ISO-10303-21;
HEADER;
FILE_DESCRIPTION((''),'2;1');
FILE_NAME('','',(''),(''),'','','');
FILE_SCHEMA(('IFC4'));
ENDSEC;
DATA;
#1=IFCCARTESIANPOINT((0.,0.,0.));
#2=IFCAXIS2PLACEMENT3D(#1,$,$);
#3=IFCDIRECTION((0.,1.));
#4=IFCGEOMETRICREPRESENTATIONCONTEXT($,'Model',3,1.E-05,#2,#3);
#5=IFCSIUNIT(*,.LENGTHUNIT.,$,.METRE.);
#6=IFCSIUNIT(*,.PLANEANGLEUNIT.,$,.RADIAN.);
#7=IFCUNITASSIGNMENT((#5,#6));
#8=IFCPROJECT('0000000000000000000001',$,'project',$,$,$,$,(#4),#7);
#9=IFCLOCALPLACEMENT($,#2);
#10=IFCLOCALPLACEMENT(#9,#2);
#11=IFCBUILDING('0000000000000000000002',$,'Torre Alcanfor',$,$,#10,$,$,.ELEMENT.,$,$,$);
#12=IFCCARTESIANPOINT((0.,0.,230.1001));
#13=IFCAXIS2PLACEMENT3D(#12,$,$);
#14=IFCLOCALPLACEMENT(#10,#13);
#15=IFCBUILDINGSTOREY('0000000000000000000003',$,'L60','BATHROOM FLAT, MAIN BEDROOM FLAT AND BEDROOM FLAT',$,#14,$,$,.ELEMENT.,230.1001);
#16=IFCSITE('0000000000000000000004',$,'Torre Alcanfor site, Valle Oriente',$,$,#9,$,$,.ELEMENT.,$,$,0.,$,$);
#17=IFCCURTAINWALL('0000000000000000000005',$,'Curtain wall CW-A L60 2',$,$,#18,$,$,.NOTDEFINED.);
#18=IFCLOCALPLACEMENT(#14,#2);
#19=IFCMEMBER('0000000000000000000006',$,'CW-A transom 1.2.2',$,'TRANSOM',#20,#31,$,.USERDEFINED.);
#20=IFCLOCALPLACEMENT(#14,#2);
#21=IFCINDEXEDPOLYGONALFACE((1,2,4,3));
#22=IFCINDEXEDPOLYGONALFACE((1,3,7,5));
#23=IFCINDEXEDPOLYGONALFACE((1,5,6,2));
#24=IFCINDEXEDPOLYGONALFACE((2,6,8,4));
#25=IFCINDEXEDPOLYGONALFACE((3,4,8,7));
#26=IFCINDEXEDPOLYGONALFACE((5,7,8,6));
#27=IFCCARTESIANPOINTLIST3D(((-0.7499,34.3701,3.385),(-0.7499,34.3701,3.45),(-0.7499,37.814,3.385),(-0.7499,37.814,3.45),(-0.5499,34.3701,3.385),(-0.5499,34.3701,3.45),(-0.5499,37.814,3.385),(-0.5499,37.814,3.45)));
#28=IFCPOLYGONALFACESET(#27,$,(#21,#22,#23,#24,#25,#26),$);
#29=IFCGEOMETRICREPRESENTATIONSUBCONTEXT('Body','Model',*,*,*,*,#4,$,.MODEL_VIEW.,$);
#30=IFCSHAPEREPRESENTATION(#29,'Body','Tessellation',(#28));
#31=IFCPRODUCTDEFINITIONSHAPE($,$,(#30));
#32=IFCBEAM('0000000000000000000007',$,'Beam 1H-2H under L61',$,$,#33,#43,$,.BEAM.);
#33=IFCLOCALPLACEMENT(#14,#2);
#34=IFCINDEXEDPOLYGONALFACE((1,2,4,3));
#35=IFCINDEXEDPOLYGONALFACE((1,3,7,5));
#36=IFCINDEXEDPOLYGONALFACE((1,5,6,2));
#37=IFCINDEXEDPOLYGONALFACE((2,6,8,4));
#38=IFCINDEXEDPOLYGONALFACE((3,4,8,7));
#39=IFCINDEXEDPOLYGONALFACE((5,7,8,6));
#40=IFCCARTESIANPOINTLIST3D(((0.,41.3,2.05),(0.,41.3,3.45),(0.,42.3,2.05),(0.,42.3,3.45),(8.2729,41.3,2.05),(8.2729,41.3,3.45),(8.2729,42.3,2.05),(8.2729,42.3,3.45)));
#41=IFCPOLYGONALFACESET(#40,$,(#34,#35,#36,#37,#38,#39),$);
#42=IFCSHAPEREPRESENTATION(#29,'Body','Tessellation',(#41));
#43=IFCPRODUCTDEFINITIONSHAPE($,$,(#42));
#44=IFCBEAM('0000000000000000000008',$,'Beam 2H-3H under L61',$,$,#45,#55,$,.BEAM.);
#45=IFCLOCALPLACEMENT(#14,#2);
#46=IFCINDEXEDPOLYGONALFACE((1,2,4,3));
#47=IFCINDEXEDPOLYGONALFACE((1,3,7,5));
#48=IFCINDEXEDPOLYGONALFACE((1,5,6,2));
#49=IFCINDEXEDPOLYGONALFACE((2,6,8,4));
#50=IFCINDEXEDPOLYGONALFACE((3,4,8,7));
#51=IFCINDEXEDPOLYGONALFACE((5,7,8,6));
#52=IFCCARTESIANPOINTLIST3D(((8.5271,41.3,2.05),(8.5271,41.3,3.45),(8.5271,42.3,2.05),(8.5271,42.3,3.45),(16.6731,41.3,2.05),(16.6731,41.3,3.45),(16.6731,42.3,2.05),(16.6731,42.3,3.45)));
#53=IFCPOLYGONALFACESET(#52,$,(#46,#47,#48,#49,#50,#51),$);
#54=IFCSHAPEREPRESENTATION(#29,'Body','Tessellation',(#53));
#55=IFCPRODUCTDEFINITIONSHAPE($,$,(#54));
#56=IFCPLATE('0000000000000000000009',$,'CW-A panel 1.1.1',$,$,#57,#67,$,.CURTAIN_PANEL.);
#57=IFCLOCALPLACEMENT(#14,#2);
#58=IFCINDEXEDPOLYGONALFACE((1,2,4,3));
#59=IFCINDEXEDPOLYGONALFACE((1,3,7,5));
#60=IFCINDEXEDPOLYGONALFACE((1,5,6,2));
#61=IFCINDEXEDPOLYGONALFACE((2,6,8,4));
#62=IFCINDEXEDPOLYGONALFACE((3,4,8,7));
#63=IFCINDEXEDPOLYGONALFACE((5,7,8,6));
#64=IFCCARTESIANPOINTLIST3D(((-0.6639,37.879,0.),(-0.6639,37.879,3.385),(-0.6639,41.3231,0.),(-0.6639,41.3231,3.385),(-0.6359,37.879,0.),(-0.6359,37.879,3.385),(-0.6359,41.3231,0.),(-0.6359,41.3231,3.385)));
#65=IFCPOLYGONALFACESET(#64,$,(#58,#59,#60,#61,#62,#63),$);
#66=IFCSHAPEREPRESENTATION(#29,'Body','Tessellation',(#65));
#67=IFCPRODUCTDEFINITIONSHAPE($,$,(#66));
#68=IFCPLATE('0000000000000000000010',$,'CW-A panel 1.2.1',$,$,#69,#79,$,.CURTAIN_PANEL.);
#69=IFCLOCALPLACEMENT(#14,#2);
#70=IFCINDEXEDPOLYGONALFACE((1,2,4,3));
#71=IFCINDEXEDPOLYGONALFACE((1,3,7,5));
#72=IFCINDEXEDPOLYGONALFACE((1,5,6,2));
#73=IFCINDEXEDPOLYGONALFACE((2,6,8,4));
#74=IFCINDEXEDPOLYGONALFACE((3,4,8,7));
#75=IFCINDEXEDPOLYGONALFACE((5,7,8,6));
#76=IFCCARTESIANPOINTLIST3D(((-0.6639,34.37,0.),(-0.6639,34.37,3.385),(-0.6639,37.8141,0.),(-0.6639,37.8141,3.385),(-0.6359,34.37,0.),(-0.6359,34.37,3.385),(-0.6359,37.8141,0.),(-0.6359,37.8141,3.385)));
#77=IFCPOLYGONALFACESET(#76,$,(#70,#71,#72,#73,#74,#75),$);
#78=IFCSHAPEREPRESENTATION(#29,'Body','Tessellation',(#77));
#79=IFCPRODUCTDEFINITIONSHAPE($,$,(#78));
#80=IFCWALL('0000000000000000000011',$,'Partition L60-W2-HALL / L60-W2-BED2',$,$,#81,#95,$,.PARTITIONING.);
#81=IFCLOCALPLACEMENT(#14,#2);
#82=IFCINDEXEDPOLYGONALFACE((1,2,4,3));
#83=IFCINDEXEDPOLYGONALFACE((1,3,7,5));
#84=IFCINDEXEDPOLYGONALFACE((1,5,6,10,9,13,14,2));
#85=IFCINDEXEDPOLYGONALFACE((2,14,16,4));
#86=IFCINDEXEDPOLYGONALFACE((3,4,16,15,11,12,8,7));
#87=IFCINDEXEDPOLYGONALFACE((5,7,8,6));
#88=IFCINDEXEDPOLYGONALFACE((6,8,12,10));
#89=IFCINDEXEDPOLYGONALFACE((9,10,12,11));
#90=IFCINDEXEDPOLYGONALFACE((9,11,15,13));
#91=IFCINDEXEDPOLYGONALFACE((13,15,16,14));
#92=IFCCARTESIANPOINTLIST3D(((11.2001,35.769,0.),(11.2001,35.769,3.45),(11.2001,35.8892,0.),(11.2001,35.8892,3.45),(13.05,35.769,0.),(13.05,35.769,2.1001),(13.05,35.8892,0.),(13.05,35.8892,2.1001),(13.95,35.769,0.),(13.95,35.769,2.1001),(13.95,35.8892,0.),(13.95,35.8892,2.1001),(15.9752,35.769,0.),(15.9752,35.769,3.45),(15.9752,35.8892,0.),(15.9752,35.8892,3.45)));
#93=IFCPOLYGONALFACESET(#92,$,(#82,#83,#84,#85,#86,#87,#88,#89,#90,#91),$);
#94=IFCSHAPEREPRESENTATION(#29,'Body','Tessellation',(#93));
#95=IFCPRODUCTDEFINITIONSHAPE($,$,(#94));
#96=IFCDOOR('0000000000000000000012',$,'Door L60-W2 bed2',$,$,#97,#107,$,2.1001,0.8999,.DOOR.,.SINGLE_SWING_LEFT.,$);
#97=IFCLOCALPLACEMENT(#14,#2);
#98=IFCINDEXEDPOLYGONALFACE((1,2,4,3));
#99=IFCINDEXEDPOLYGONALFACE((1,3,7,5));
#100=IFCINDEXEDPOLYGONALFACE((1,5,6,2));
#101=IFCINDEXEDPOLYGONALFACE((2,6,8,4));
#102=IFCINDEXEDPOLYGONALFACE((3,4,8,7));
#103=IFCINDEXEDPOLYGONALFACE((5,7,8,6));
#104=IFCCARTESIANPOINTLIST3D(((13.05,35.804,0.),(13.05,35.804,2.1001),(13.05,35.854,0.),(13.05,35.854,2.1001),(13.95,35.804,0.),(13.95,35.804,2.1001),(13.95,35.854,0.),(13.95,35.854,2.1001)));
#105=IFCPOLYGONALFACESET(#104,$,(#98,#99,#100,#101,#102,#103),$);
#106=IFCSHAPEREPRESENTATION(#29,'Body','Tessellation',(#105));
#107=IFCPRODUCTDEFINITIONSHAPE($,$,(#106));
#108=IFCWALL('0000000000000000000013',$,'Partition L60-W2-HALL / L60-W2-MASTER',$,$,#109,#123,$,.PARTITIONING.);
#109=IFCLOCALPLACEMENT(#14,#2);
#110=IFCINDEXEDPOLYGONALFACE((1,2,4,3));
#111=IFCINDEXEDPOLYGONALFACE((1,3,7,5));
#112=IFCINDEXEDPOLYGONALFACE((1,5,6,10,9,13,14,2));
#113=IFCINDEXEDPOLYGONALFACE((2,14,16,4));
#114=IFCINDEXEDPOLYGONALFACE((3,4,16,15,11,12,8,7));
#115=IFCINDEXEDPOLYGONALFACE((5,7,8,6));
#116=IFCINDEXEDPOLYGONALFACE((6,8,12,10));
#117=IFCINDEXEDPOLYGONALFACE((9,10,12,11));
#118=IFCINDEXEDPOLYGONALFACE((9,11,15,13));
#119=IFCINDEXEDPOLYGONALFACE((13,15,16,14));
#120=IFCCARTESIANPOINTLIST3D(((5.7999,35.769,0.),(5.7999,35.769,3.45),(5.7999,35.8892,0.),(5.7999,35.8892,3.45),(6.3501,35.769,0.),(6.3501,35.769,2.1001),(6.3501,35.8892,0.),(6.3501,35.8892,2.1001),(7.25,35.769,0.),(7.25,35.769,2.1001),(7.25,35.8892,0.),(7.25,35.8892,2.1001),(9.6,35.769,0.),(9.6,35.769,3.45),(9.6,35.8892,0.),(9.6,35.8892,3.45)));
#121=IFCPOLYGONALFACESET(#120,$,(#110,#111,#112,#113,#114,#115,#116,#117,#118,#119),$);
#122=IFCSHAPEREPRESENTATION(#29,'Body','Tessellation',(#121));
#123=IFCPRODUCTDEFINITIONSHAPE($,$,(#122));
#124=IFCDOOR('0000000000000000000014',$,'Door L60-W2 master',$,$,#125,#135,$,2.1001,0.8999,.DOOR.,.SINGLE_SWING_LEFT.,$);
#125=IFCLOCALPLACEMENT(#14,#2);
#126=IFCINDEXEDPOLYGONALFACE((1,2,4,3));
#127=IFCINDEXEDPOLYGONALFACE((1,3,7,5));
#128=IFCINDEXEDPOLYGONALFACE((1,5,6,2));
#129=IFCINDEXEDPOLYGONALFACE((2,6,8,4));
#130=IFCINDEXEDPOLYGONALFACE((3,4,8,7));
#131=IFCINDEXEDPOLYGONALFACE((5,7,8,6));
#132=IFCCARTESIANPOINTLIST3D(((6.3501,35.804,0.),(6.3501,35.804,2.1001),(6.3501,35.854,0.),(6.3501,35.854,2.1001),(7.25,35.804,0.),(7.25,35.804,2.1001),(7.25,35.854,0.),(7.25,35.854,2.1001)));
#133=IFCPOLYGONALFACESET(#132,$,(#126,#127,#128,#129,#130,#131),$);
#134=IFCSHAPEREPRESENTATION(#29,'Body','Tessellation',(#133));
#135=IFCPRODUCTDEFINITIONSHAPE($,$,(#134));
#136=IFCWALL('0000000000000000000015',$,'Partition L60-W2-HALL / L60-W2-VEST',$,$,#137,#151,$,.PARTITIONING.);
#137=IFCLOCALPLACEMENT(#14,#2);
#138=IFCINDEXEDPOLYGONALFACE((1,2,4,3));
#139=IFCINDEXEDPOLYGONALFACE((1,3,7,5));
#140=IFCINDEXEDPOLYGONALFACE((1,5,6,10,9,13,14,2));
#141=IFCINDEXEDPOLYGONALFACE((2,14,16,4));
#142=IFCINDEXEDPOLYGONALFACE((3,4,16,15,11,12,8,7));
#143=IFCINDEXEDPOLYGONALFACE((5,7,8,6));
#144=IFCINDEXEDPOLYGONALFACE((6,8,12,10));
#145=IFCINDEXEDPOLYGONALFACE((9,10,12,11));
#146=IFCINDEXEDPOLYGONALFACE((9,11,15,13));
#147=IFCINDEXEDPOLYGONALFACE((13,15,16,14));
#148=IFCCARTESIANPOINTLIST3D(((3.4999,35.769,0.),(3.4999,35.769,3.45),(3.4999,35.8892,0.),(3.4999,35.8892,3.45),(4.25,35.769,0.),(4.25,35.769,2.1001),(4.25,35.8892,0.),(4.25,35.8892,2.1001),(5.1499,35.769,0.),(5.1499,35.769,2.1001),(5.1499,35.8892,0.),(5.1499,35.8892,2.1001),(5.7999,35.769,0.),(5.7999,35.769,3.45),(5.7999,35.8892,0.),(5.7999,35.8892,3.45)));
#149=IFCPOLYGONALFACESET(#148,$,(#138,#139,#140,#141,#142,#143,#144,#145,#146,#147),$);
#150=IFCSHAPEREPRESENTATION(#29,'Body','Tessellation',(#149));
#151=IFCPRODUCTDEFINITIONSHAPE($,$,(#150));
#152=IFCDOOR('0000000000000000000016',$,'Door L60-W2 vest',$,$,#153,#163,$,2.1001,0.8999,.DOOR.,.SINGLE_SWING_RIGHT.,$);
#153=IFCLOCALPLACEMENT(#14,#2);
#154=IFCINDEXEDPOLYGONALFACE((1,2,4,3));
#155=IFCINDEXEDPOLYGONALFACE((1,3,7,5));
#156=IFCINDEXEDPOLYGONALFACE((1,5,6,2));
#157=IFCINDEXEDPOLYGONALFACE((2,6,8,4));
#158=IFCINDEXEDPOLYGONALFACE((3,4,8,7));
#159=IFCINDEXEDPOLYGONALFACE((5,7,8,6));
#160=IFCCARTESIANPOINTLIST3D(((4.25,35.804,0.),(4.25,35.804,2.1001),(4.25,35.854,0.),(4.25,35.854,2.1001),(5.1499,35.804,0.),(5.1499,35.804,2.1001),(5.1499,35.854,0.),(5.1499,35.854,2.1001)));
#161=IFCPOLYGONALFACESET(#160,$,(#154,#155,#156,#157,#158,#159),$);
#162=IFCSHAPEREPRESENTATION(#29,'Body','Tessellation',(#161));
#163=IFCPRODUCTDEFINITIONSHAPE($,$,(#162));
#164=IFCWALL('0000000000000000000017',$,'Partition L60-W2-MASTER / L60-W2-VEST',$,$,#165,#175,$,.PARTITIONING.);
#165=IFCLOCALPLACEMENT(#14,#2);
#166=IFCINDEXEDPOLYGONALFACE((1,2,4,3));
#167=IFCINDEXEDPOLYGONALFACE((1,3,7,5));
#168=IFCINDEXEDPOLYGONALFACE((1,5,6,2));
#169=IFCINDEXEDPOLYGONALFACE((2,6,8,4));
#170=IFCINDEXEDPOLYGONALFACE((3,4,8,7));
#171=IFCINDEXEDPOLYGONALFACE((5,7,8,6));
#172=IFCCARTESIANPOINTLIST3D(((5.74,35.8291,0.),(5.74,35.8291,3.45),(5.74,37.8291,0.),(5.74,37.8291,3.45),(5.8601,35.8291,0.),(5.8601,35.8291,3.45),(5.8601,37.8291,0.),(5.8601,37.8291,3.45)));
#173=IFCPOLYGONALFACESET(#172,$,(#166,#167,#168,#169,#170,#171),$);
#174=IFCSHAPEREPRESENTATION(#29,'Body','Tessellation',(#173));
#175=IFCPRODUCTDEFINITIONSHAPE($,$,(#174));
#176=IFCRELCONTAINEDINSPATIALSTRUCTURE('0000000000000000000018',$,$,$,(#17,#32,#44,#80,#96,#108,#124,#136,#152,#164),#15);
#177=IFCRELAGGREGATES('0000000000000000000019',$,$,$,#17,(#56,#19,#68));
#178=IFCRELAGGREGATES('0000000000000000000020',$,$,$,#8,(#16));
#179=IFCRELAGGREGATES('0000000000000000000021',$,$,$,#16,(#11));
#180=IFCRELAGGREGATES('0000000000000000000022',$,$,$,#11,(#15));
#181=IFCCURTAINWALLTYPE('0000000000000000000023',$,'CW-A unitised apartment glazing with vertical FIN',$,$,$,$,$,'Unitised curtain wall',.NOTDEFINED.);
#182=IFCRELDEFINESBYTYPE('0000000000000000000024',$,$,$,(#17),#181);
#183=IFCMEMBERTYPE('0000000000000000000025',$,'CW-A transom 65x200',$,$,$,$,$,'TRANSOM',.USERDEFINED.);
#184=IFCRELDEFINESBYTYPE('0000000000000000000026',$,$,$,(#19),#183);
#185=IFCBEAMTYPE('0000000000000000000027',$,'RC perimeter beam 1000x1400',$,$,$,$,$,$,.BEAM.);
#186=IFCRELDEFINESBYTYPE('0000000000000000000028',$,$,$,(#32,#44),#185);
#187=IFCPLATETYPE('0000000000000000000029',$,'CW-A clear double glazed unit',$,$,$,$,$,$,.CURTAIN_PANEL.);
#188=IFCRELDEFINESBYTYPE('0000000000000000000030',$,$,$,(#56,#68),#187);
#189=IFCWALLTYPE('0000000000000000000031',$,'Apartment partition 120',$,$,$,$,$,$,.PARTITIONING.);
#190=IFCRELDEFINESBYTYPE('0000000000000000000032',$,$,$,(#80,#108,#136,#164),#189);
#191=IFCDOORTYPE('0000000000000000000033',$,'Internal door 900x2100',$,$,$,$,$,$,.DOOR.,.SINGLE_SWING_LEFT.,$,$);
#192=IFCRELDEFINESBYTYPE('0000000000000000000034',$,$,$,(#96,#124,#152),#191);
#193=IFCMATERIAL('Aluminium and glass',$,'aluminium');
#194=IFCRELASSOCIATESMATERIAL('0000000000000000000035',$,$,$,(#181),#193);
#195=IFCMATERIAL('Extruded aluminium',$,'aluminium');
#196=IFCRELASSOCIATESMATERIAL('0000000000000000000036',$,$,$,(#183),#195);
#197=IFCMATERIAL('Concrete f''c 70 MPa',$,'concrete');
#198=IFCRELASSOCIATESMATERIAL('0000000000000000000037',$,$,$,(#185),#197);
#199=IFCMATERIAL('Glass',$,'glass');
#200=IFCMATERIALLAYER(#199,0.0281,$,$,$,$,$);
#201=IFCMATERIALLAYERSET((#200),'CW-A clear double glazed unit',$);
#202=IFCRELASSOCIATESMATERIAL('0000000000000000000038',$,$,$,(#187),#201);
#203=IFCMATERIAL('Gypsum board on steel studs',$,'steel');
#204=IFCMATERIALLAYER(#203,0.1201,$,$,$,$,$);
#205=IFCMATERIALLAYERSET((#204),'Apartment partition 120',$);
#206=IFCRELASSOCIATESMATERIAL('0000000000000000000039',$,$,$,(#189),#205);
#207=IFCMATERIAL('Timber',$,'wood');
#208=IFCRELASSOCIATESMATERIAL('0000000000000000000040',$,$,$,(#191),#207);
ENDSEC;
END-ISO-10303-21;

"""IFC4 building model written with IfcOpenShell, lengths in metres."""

from ifc_helpers import new_model, si_unit, direction, frame, frame_2d, origin, origin_2d, place, context, subcontext, project, spatial, rectangle, extrude, material, layer, layer_set, material_profile, profile_set, type_object, element, fill, aggregate, save


model = new_model("IFC4")

# Units and contexts
model_context = context("Model", 3, precision=1e-05, world=origin(), true_north=direction((0.0, 1.0)))
body_context = subcontext(model_context, "Body", "Model", "MODEL_VIEW")
ifc_project = project(units=[si_unit("LENGTHUNIT", "METRE"), si_unit("PLANEANGLEUNIT", "RADIAN")], contexts=[model_context])

# Site, building, storey
site_placement = place(None, origin())
site = spatial("IfcSite", under=ifc_project, at=site_placement, Name="Torre Alcanfor site, Valle Oriente", CompositionType="ELEMENT", RefElevation=0.0)
building_placement = place(site_placement, origin())
building = spatial("IfcBuilding", under=site, at=building_placement, Name="Torre Alcanfor", CompositionType="ELEMENT")
storey_placement = place(building_placement, frame((0.0, 0.0, 230.1001)))
storey = spatial("IfcBuildingStorey", under=building, at=storey_placement, Name="L60", Description="BATHROOM FLAT, MAIN BEDROOM FLAT AND BEDROOM FLAT", CompositionType="ELEMENT", Elevation=230.1001)

# Curtain wall, member
ifc_material_1 = material(Name="Aluminium and glass", Category="aluminium")
curtain_wall_type = type_object("IfcCurtainWallType", Name="CW-A unitised apartment glazing with vertical FIN", ElementType="Unitised curtain wall", PredefinedType="NOTDEFINED", material=ifc_material_1)
curtain_wall_placement = place(storey_placement, origin())
curtain_wall = element("IfcCurtainWall", 1, at=curtain_wall_placement, inside=storey, type_object=curtain_wall_type, Name="Curtain wall CW-A L60 2", PredefinedType="NOTDEFINED")
ifc_material_2 = material(Name="Extruded aluminium", Category="aluminium")
ifc_material_profile_1 = material_profile(ifc_material_2, rectangle(XDim=0.2, YDim=0.0649, at=origin_2d()), Name="CW-A transom 200x65")
ifc_profile_set_1 = profile_set([ifc_material_profile_1], Name="Extruded aluminium")
member_type_1 = type_object("IfcMemberType", Name="CW-A transom 65x200", ElementType="TRANSOM", PredefinedType="USERDEFINED", material=ifc_profile_set_1)
member_1_placement = place(storey_placement, frame((-0.6499, 37.814, 3.4175), z_axis=(0.0, -1.0, 0.0), x_axis=(1.0, 0.0, 0.0)))
member_1 = element("IfcMember", 2, at=member_1_placement, type_object=member_type_1, Name="CW-A transom 1.2.2", ObjectType="TRANSOM", PredefinedType="USERDEFINED", context=body_context, shape_type="SweptSolid", body=[
    extrude(rectangle(XDim=0.2, YDim=0.0649, at=origin_2d()), origin(), (0.0, 0.0, 1.0), 3.4438),
])

# Beams
ifc_material_3 = material(Name="Concrete f'c 70 MPa", Category="concrete")
ifc_material_profile_2 = material_profile(ifc_material_3, rectangle(XDim=1.0, YDim=1.3999, at=origin_2d()), Name="1000x1400")
ifc_profile_set_2 = profile_set([ifc_material_profile_2], Name="Concrete f'c 70 MPa")
beam_type_1 = type_object("IfcBeamType", Name="RC perimeter beam 1000x1400", PredefinedType="BEAM", material=ifc_profile_set_2)
beam_1_placement = place(storey_placement, frame((0.0, 41.8, 2.75), z_axis=(1.0, 0.0, 0.0), x_axis=(0.0, 1.0, 0.0)))
element("IfcBeam", 3, at=beam_1_placement, inside=storey, type_object=beam_type_1, Name="Beam 1H-2H under L61", PredefinedType="BEAM", context=body_context, shape_type="SweptSolid", body=[
    extrude(rectangle(XDim=1.0, YDim=1.3999, at=origin_2d()), origin(), (0.0, 0.0, 1.0), 8.2729),
])
beam_2_placement = place(storey_placement, frame((8.5271, 41.8, 2.75), z_axis=(1.0, 0.0, 0.0), x_axis=(0.0, 1.0, 0.0)))
element("IfcBeam", 4, at=beam_2_placement, inside=storey, type_object=beam_type_1, Name="Beam 2H-3H under L61", PredefinedType="BEAM", context=body_context, shape_type="SweptSolid", body=[
    extrude(rectangle(XDim=1.0, YDim=1.3999, at=origin_2d()), origin(), (0.0, 0.0, 1.0), 8.146),
])

# Plates
ifc_material_4 = material(Name="Glass", Category="glass")
ifc_layer_1 = layer(ifc_material_4, 0.0281)
ifc_layer_set_1 = layer_set([ifc_layer_1], Name="CW-A clear double glazed unit")
plate_type = type_object("IfcPlateType", Name="CW-A clear double glazed unit", PredefinedType="CURTAIN_PANEL", material=ifc_layer_set_1)
plate_1_placement = place(storey_placement, frame((-0.6499, 39.6011, 0.0), z_axis=(0.0, 0.0, 1.0), x_axis=(0.0, -1.0, 0.0)))
plate_1 = element("IfcPlate", 5, at=plate_1_placement, type_object=plate_type, Name="CW-A panel 1.1.1", PredefinedType="CURTAIN_PANEL", context=body_context, shape_type="SweptSolid", body=[
    extrude(rectangle(XDim=3.4441, YDim=0.0281, at=origin_2d()), origin(), (0.0, 0.0, 1.0), 3.385),
])
plate_2_placement = place(storey_placement, frame((-0.6499, 36.092, 0.0), z_axis=(0.0, 0.0, 1.0), x_axis=(0.0, -1.0, 0.0)))
plate_2 = element("IfcPlate", 6, at=plate_2_placement, type_object=plate_type, Name="CW-A panel 1.2.1", PredefinedType="CURTAIN_PANEL", context=body_context, shape_type="SweptSolid", body=[
    extrude(rectangle(XDim=3.4441, YDim=0.0281, at=origin_2d()), origin(), (0.0, 0.0, 1.0), 3.385),
])
aggregate(curtain_wall, [plate_1, member_1, plate_2])

# Walls, openings, doors
ifc_material_5 = material(Name="Gypsum board on steel studs", Category="steel")
ifc_layer_2 = layer(ifc_material_5, 0.1201)
ifc_layer_set_2 = layer_set([ifc_layer_2], Name="Apartment partition 120")
wall_type_1 = type_object("IfcWallType", Name="Apartment partition 120", PredefinedType="PARTITIONING", material=ifc_layer_set_2)
wall_1_placement = place(storey_placement, frame((11.2, 35.8291, 0.0), z_axis=(0.0, 0.0, 1.0), x_axis=(1.0, 0.0, 0.0)))
wall_1 = element("IfcWall", 7, at=wall_1_placement, inside=storey, type_object=wall_type_1, Name="Partition L60-W2-HALL / L60-W2-BED2", PredefinedType="PARTITIONING", context=body_context, shape_type="SweptSolid", body=[
    extrude(rectangle(XDim=4.7751, YDim=0.1201, at=frame_2d((2.3877, 0.0))), origin(), (0.0, 0.0, 1.0), 3.45),
])
opening_1_placement = place(wall_1_placement, frame((1.8501, 0.0, 0.0)))
opening_1 = element("IfcOpeningElement", 8, at=opening_1_placement, cuts=wall_1, PredefinedType="OPENING", context=body_context, shape_type="SweptSolid", body=[
    extrude(rectangle(XDim=0.8999, YDim=2.1001, at=frame_2d((0.45, 1.05))), frame((0.0, 0.0701, 0.0), z_axis=(0.0, -1.0, 0.0), x_axis=(1.0, 0.0, 0.0)), (0.0, 0.0, 1.0), 0.1401),
])
ifc_material_6 = material(Name="Timber", Category="wood")
door_type_1 = type_object("IfcDoorType", Name="Internal door 900x2100", OperationType="SINGLE_SWING_LEFT", PredefinedType="DOOR", material=ifc_material_6)
door_1_placement = place(opening_1_placement, origin())
door_1 = element("IfcDoor", 9, at=door_1_placement, inside=storey, type_object=door_type_1, Name="Door L60-W2 bed2", OperationType="SINGLE_SWING_LEFT", OverallHeight=2.1001, OverallWidth=0.8999, PredefinedType="DOOR", context=body_context, shape_type="SweptSolid", body=[
    extrude(rectangle(XDim=0.8999, YDim=2.1001, at=frame_2d((0.45, 1.05))), frame((0.0, 0.0249, 0.0), z_axis=(0.0, -1.0, 0.0), x_axis=(1.0, 0.0, 0.0)), (0.0, 0.0, 1.0), 0.05),
])
fill(opening_1, door_1)
wall_2_placement = place(storey_placement, frame((5.8, 35.8291, 0.0), z_axis=(0.0, 0.0, 1.0), x_axis=(1.0, 0.0, 0.0)))
wall_2 = element("IfcWall", 10, at=wall_2_placement, inside=storey, type_object=wall_type_1, Name="Partition L60-W2-HALL / L60-W2-MASTER", PredefinedType="PARTITIONING", context=body_context, shape_type="SweptSolid", body=[
    extrude(rectangle(XDim=3.8, YDim=0.1201, at=frame_2d((1.8999, 0.0))), origin(), (0.0, 0.0, 1.0), 3.45),
])
opening_2_placement = place(wall_2_placement, frame((0.55, 0.0, 0.0)))
opening_2 = element("IfcOpeningElement", 11, at=opening_2_placement, cuts=wall_2, PredefinedType="OPENING", context=body_context, shape_type="SweptSolid", body=[
    extrude(rectangle(XDim=0.8999, YDim=2.1001, at=frame_2d((0.45, 1.05))), frame((0.0, 0.0701, 0.0), z_axis=(0.0, -1.0, 0.0), x_axis=(1.0, 0.0, 0.0)), (0.0, 0.0, 1.0), 0.1401),
])
door_2_placement = place(opening_2_placement, origin())
door_2 = element("IfcDoor", 12, at=door_2_placement, inside=storey, type_object=door_type_1, Name="Door L60-W2 master", OperationType="SINGLE_SWING_LEFT", OverallHeight=2.1001, OverallWidth=0.8999, PredefinedType="DOOR", context=body_context, shape_type="SweptSolid", body=[
    extrude(rectangle(XDim=0.8999, YDim=2.1001, at=frame_2d((0.45, 1.05))), frame((0.0, 0.0249, 0.0), z_axis=(0.0, -1.0, 0.0), x_axis=(1.0, 0.0, 0.0)), (0.0, 0.0, 1.0), 0.05),
])
fill(opening_2, door_2)
wall_3_placement = place(storey_placement, frame((3.5, 35.8291, 0.0), z_axis=(0.0, 0.0, 1.0), x_axis=(1.0, 0.0, 0.0)))
wall_3 = element("IfcWall", 13, at=wall_3_placement, inside=storey, type_object=wall_type_1, Name="Partition L60-W2-HALL / L60-W2-VEST", PredefinedType="PARTITIONING", context=body_context, shape_type="SweptSolid", body=[
    extrude(rectangle(XDim=2.3, YDim=0.1201, at=frame_2d((1.1499, 0.0))), origin(), (0.0, 0.0, 1.0), 3.45),
])
opening_3_placement = place(wall_3_placement, frame((0.75, 0.0, 0.0)))
opening_3 = element("IfcOpeningElement", 14, at=opening_3_placement, cuts=wall_3, PredefinedType="OPENING", context=body_context, shape_type="SweptSolid", body=[
    extrude(rectangle(XDim=0.8999, YDim=2.1001, at=frame_2d((0.45, 1.05))), frame((0.0, 0.0701, 0.0), z_axis=(0.0, -1.0, 0.0), x_axis=(1.0, 0.0, 0.0)), (0.0, 0.0, 1.0), 0.1401),
])
door_3_placement = place(opening_3_placement, origin())
door_3 = element("IfcDoor", 15, at=door_3_placement, inside=storey, type_object=door_type_1, Name="Door L60-W2 vest", OperationType="SINGLE_SWING_RIGHT", OverallHeight=2.1001, OverallWidth=0.8999, PredefinedType="DOOR", context=body_context, shape_type="SweptSolid", body=[
    extrude(rectangle(XDim=0.8999, YDim=2.1001, at=frame_2d((0.45, 1.05))), frame((0.0, 0.0249, 0.0), z_axis=(0.0, -1.0, 0.0), x_axis=(1.0, 0.0, 0.0)), (0.0, 0.0, 1.0), 0.05),
])
fill(opening_3, door_3)

# Wall
wall_4_placement = place(storey_placement, frame((5.8, 35.8291, 0.0), z_axis=(0.0, 0.0, 1.0), x_axis=(0.0, 1.0, 0.0)))
element("IfcWall", 16, at=wall_4_placement, inside=storey, type_object=wall_type_1, Name="Partition L60-W2-MASTER / L60-W2-VEST", PredefinedType="PARTITIONING", context=body_context, shape_type="SweptSolid", body=[
    extrude(rectangle(XDim=2.0, YDim=0.1201, at=frame_2d((1.0, 0.0))), origin(), (0.0, 0.0, 1.0), 3.45),
])

save(model, "model.ifc")
